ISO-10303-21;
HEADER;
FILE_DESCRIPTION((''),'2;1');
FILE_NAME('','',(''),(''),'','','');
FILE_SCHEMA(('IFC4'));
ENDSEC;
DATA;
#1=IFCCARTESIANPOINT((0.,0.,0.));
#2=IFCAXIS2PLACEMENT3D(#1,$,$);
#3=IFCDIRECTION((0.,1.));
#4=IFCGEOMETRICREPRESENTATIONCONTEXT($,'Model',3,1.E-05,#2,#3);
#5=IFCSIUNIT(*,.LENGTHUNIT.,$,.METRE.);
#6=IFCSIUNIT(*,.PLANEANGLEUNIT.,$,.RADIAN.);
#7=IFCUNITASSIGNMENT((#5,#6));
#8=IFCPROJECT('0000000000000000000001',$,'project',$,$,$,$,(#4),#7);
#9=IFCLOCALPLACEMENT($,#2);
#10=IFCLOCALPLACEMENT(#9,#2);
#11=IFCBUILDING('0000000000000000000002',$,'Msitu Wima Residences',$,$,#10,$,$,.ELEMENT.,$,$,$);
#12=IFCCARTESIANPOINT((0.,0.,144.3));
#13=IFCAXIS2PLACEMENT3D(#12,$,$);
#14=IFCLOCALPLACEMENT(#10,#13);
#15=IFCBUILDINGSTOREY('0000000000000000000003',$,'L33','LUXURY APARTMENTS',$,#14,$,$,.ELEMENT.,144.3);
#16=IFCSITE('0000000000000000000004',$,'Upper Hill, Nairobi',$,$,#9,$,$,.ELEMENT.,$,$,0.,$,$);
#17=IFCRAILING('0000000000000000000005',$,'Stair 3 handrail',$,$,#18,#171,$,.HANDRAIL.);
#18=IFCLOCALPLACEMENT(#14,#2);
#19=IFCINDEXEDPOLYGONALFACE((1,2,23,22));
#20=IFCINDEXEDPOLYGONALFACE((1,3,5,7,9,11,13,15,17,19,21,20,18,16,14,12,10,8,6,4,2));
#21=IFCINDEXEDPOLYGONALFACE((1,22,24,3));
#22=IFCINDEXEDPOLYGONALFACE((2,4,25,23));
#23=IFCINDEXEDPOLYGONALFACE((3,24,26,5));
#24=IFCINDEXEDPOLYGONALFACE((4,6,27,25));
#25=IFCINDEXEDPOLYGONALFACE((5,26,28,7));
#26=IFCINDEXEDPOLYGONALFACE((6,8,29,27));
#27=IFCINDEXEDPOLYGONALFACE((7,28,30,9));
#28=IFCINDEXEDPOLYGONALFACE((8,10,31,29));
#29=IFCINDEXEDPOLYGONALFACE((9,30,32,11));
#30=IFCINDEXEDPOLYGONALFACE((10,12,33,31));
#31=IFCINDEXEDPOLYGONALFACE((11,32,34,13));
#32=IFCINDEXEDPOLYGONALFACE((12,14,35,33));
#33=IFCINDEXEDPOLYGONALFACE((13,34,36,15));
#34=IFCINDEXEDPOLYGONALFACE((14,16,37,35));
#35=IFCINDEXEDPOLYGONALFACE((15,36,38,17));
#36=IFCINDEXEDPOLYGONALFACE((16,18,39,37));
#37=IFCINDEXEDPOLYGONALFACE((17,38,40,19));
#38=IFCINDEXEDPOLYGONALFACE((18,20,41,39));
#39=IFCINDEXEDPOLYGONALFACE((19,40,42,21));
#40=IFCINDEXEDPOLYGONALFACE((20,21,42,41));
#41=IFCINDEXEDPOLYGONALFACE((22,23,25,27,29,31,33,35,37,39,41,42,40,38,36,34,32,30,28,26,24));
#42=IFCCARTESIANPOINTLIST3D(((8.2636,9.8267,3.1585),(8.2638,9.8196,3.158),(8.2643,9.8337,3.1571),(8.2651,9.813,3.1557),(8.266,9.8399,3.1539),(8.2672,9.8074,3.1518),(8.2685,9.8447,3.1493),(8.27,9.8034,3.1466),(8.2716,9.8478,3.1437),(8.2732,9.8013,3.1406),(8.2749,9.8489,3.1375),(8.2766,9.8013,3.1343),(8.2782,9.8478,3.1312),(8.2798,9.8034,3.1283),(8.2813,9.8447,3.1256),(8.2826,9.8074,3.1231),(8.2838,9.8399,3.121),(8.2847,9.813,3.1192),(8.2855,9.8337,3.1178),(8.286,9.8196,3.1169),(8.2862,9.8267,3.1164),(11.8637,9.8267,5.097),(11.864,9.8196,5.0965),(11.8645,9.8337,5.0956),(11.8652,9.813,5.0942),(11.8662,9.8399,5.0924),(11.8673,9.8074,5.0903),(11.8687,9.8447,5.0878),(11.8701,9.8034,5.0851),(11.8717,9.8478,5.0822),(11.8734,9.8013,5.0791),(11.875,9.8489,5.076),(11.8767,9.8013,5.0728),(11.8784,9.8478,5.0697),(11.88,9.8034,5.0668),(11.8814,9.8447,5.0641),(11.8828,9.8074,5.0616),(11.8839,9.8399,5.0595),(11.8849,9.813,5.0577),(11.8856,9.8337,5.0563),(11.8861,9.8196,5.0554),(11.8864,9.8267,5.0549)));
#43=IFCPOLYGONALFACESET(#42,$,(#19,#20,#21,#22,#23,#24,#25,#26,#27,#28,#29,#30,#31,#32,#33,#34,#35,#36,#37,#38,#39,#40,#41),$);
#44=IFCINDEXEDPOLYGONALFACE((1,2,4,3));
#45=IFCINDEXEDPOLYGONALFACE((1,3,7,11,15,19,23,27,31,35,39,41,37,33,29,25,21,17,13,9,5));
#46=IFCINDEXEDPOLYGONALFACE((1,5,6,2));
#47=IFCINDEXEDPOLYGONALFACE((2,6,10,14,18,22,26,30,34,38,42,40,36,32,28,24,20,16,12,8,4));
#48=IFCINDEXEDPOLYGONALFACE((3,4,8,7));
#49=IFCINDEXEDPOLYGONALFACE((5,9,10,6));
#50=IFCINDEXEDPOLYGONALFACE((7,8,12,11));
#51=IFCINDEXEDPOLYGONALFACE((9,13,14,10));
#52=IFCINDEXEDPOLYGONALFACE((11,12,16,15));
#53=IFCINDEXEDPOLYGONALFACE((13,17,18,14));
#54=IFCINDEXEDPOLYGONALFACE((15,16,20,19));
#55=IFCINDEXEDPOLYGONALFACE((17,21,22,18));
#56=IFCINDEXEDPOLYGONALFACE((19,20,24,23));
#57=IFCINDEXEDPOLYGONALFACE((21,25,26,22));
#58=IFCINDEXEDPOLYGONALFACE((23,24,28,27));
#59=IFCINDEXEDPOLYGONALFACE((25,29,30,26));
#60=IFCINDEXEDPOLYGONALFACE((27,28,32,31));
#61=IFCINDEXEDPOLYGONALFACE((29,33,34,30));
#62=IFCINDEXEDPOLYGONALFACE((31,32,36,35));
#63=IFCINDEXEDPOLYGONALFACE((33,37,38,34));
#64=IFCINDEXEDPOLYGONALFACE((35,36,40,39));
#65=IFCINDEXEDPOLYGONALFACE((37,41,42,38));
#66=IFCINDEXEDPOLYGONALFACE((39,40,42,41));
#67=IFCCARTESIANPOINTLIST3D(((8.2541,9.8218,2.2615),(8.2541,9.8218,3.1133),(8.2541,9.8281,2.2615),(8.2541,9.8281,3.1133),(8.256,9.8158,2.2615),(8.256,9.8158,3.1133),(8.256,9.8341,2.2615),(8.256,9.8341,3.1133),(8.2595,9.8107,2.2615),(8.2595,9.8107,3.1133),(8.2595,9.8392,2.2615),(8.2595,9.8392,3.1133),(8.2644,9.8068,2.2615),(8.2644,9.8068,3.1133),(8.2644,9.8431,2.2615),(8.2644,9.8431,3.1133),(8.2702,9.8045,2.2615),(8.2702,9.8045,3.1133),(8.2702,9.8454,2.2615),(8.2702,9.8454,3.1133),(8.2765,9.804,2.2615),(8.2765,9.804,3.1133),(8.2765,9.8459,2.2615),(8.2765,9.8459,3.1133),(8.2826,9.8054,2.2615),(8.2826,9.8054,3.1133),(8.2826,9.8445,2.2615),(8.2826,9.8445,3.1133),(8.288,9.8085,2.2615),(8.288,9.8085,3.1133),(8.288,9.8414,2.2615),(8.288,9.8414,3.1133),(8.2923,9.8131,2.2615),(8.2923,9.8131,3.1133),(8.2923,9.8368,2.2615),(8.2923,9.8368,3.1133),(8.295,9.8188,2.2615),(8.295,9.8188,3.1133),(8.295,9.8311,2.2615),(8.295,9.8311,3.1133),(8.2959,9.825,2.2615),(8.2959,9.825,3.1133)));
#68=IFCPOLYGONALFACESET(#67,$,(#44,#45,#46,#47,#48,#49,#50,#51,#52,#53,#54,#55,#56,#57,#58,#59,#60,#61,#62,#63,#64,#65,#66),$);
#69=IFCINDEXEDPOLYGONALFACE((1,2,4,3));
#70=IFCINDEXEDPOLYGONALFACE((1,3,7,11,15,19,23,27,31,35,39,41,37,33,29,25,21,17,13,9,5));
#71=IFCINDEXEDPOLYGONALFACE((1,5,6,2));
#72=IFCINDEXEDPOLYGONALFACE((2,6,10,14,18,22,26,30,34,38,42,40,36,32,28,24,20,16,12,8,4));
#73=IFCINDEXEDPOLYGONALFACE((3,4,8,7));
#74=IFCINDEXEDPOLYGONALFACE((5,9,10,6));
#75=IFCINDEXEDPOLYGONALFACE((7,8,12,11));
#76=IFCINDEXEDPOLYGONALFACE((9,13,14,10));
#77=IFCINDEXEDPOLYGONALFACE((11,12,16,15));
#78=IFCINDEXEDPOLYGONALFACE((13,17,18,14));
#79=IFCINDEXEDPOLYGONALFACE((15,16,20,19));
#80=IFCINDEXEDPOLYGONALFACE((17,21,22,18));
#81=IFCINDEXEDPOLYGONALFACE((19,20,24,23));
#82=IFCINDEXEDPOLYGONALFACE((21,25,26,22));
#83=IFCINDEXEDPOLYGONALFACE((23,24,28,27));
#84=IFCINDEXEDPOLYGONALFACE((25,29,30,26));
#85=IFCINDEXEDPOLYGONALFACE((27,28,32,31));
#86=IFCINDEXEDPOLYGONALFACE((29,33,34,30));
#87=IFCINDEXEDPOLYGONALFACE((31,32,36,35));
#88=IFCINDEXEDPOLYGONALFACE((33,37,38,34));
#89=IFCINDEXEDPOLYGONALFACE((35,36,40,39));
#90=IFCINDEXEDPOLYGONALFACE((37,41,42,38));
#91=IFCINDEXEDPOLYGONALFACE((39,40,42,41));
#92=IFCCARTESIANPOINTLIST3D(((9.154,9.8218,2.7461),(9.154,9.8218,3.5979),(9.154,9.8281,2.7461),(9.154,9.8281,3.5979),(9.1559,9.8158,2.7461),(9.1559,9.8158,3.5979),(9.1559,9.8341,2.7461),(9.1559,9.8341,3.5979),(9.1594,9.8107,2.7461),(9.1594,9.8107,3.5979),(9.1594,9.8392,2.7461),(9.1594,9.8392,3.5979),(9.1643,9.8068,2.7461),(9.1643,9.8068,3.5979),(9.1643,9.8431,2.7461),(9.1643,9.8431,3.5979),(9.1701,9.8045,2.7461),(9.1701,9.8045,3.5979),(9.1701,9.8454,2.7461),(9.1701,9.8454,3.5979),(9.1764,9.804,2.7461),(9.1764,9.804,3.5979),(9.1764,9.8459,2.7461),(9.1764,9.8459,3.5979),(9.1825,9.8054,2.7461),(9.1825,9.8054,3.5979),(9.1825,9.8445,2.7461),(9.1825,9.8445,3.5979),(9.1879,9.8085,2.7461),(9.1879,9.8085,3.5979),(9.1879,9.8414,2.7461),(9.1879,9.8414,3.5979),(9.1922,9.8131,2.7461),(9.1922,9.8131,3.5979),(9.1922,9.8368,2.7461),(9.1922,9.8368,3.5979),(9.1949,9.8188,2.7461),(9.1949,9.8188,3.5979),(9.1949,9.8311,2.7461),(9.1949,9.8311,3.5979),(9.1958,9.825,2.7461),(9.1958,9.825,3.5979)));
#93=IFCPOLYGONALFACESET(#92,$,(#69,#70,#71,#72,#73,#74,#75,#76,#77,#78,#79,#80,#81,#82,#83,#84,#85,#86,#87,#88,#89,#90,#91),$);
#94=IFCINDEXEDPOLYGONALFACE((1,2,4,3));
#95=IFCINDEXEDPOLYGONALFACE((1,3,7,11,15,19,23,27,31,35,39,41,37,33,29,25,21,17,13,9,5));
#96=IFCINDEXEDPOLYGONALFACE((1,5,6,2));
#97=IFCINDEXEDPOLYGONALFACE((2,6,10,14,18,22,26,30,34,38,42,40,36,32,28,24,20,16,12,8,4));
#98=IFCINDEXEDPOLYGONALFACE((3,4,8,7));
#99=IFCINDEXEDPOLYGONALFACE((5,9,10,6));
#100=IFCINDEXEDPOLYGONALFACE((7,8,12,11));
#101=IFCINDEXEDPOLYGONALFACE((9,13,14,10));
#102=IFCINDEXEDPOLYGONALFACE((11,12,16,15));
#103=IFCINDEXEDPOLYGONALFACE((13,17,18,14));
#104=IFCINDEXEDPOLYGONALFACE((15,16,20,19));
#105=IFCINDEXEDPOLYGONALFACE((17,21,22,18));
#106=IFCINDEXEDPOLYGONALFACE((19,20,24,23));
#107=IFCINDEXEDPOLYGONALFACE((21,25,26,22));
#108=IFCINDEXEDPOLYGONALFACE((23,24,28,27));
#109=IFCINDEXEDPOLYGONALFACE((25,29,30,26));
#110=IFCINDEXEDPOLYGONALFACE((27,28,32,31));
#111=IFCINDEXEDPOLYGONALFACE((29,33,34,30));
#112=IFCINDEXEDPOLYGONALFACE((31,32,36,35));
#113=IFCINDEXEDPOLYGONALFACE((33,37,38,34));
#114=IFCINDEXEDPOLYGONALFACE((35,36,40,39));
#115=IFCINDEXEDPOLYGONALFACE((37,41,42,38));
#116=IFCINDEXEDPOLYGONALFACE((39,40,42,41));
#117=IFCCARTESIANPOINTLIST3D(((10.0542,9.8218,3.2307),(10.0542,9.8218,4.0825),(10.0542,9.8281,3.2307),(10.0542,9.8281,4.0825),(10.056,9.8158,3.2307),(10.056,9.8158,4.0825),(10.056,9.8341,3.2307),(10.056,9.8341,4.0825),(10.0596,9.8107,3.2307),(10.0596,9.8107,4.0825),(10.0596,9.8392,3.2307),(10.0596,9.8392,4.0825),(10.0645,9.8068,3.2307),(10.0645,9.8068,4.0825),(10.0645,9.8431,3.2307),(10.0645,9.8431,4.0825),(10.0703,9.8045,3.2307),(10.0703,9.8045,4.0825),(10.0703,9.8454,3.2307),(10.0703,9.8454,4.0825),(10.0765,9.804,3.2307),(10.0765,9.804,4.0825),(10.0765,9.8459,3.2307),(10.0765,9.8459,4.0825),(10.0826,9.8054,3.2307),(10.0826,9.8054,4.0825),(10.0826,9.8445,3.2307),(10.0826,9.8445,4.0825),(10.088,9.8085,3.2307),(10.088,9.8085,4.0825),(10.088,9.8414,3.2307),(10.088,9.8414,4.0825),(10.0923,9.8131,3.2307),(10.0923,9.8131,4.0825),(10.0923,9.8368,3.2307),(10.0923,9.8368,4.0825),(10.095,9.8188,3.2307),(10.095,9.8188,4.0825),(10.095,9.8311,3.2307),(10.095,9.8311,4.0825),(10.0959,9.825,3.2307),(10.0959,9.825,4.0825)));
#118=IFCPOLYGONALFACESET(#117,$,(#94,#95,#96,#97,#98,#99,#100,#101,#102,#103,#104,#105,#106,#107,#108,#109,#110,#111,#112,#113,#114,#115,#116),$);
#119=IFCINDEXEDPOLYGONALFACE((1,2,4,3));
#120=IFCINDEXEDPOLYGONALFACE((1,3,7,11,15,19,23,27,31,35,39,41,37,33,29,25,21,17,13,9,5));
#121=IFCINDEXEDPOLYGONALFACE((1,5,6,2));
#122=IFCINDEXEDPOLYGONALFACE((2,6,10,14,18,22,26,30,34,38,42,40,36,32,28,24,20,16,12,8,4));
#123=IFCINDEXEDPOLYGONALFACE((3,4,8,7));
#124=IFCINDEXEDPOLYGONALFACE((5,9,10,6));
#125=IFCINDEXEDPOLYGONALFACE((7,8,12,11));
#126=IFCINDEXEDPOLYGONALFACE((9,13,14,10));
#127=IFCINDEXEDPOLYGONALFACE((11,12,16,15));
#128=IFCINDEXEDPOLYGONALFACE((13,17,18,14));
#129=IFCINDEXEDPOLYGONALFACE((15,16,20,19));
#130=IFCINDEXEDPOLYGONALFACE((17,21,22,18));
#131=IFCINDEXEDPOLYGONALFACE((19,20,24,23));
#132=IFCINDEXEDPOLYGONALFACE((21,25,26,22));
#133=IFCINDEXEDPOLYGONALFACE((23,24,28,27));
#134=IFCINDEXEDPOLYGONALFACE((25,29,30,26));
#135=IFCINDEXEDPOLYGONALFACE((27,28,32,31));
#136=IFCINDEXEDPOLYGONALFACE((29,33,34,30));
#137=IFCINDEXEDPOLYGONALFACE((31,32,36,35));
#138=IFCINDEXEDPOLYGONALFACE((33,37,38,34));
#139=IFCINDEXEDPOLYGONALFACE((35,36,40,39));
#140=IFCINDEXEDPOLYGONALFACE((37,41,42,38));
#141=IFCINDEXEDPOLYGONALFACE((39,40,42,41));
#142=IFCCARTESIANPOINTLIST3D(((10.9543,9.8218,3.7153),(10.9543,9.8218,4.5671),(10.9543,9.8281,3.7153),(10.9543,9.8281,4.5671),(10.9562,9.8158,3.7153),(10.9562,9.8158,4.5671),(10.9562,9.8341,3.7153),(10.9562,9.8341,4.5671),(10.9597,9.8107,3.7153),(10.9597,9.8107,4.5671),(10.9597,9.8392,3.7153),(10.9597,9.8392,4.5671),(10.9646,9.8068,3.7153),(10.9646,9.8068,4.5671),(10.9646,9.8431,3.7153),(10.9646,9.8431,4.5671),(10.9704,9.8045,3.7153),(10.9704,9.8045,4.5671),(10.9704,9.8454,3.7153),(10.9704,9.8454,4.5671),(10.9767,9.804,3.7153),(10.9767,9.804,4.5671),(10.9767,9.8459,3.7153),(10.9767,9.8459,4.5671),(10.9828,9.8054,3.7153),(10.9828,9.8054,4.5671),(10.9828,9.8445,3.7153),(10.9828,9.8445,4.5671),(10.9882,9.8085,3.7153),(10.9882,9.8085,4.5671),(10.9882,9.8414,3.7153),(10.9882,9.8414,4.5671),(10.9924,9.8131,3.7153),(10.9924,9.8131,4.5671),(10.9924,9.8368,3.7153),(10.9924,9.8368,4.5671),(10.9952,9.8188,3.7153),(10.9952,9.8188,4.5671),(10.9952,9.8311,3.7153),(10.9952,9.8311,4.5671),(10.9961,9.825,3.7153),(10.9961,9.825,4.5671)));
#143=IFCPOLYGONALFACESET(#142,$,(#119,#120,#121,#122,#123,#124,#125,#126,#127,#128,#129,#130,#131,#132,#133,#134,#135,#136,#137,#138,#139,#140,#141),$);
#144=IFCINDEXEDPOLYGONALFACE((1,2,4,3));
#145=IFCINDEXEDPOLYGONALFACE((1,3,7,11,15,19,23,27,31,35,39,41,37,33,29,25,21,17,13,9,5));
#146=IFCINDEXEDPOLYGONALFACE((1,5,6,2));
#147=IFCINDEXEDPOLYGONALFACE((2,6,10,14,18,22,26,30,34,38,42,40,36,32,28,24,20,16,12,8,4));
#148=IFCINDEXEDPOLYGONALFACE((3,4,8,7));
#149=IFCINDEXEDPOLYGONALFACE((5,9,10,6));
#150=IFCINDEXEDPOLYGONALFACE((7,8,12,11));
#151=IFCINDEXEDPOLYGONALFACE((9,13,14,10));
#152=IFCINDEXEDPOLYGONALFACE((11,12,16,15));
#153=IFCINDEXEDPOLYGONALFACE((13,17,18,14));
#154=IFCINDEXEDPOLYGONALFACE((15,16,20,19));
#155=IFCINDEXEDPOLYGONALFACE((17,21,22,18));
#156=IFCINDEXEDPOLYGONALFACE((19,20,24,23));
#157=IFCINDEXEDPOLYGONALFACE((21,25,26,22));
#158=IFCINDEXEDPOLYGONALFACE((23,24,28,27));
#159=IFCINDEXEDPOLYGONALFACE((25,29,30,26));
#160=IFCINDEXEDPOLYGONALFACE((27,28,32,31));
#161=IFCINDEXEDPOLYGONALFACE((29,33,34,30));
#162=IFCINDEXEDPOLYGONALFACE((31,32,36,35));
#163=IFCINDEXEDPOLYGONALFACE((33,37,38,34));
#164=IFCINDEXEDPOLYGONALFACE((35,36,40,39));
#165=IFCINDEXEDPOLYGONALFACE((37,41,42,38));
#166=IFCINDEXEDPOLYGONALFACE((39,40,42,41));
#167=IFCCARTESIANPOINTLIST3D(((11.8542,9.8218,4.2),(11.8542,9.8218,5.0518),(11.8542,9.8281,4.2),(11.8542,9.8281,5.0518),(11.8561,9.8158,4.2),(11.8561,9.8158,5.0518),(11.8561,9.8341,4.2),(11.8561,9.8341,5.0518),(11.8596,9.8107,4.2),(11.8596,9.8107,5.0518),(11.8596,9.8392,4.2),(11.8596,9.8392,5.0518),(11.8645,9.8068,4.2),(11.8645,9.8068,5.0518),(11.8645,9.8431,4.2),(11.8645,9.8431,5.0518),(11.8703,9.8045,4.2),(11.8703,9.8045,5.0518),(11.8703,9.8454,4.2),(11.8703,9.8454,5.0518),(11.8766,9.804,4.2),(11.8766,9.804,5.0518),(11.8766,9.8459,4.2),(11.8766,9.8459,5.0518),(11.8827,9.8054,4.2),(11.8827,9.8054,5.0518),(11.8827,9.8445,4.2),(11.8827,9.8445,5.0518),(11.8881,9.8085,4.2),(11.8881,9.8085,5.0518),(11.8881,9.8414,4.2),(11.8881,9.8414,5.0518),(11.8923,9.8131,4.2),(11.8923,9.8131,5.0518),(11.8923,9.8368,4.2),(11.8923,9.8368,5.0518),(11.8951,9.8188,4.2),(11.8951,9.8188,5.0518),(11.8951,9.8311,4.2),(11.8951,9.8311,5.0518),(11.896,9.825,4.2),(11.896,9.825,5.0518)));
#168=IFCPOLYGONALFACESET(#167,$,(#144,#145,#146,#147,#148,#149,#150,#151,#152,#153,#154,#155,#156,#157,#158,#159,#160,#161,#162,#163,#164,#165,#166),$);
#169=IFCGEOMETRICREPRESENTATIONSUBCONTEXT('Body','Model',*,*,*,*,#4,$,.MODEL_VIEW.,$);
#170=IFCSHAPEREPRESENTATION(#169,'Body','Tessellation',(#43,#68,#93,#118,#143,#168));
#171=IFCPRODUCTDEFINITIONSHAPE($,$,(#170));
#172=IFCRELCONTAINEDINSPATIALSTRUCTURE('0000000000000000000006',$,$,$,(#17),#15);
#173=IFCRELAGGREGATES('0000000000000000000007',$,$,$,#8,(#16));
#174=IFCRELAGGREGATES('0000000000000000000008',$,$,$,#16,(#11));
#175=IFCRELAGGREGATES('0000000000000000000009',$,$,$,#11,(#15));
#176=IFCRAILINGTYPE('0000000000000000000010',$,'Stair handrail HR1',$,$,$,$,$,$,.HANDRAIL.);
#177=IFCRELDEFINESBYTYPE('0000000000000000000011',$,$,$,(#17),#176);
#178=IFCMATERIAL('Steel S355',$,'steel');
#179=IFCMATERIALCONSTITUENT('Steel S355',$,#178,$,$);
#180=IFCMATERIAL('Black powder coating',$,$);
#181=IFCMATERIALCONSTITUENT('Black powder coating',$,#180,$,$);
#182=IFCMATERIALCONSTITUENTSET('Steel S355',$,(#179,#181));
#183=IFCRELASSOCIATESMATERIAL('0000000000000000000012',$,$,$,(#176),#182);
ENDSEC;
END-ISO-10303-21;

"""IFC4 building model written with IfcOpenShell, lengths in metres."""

from ifc_helpers import new_model, si_unit, direction, frame, origin, origin_2d, place, context, subcontext, project, spatial, circle, extrude, material, constituent, constituent_set, type_object, element, save


model = new_model("IFC4")

# Units and contexts
model_context = context("Model", 3, precision=1e-05, world=origin(), true_north=direction((0.0, 1.0)))
body_context = subcontext(model_context, "Body", "Model", "MODEL_VIEW")
ifc_project = project(units=[si_unit("LENGTHUNIT", "METRE"), si_unit("PLANEANGLEUNIT", "RADIAN")], contexts=[model_context])

# Site, building, storey
site_placement = place(None, origin())
site = spatial("IfcSite", under=ifc_project, at=site_placement, Name="Upper Hill, Nairobi", CompositionType="ELEMENT", RefElevation=0.0)
building_placement = place(site_placement, origin())
building = spatial("IfcBuilding", under=site, at=building_placement, Name="Msitu Wima Residences", CompositionType="ELEMENT")
storey_placement = place(building_placement, frame((0.0, 0.0, 144.3)))
storey = spatial("IfcBuildingStorey", under=building, at=storey_placement, Name="L33", Description="LUXURY APARTMENTS", CompositionType="ELEMENT", Elevation=144.3)

# Railing
ifc_material_1 = material(Name="Steel S355", Category="steel")
ifc_constituent_1 = constituent(ifc_material_1, Name="Steel S355")
ifc_material_2 = material(Name="Black powder coating")
ifc_constituent_2 = constituent(ifc_material_2, Name="Black powder coating")
ifc_constituent_set_1 = constituent_set(constituents=[ifc_constituent_1, ifc_constituent_2], Name="Steel S355")
railing_type_1 = type_object("IfcRailingType", Name="Stair handrail HR1", PredefinedType="HANDRAIL", material=ifc_constituent_set_1)
railing_1_placement = place(storey_placement, frame((8.2749, 9.825, 2.2615)))
element("IfcRailing", 1, at=railing_1_placement, inside=storey, type_object=railing_type_1, Name="Stair 3 handrail", PredefinedType="HANDRAIL", context=body_context, shape_type="SweptSolid", body=[
    extrude(circle(Radius=0.0239, at=origin_2d()), frame((0.0, 0.0, 0.876), z_axis=(0.880475, 0.0, 0.474093), x_axis=(0.0, 1.0, 0.0)), (0.0, 0.0, 1.0), 4.0889),
    extrude(circle(Radius=0.021, at=origin_2d()), origin(), (0.0, 0.0, 1.0), 0.8518),
    extrude(circle(Radius=0.021, at=origin_2d()), frame((0.8999, 0.0, 0.4846)), (0.0, 0.0, 1.0), 0.8518),
    extrude(circle(Radius=0.021, at=origin_2d()), frame((1.8, 0.0, 0.9692)), (0.0, 0.0, 1.0), 0.8518),
    extrude(circle(Radius=0.021, at=origin_2d()), frame((2.7002, 0.0, 1.4539)), (0.0, 0.0, 1.0), 0.8518),
    extrude(circle(Radius=0.021, at=origin_2d()), frame((3.6001, 0.0, 1.9385)), (0.0, 0.0, 1.0), 0.8518),
])

save(model, "model.ifc")
